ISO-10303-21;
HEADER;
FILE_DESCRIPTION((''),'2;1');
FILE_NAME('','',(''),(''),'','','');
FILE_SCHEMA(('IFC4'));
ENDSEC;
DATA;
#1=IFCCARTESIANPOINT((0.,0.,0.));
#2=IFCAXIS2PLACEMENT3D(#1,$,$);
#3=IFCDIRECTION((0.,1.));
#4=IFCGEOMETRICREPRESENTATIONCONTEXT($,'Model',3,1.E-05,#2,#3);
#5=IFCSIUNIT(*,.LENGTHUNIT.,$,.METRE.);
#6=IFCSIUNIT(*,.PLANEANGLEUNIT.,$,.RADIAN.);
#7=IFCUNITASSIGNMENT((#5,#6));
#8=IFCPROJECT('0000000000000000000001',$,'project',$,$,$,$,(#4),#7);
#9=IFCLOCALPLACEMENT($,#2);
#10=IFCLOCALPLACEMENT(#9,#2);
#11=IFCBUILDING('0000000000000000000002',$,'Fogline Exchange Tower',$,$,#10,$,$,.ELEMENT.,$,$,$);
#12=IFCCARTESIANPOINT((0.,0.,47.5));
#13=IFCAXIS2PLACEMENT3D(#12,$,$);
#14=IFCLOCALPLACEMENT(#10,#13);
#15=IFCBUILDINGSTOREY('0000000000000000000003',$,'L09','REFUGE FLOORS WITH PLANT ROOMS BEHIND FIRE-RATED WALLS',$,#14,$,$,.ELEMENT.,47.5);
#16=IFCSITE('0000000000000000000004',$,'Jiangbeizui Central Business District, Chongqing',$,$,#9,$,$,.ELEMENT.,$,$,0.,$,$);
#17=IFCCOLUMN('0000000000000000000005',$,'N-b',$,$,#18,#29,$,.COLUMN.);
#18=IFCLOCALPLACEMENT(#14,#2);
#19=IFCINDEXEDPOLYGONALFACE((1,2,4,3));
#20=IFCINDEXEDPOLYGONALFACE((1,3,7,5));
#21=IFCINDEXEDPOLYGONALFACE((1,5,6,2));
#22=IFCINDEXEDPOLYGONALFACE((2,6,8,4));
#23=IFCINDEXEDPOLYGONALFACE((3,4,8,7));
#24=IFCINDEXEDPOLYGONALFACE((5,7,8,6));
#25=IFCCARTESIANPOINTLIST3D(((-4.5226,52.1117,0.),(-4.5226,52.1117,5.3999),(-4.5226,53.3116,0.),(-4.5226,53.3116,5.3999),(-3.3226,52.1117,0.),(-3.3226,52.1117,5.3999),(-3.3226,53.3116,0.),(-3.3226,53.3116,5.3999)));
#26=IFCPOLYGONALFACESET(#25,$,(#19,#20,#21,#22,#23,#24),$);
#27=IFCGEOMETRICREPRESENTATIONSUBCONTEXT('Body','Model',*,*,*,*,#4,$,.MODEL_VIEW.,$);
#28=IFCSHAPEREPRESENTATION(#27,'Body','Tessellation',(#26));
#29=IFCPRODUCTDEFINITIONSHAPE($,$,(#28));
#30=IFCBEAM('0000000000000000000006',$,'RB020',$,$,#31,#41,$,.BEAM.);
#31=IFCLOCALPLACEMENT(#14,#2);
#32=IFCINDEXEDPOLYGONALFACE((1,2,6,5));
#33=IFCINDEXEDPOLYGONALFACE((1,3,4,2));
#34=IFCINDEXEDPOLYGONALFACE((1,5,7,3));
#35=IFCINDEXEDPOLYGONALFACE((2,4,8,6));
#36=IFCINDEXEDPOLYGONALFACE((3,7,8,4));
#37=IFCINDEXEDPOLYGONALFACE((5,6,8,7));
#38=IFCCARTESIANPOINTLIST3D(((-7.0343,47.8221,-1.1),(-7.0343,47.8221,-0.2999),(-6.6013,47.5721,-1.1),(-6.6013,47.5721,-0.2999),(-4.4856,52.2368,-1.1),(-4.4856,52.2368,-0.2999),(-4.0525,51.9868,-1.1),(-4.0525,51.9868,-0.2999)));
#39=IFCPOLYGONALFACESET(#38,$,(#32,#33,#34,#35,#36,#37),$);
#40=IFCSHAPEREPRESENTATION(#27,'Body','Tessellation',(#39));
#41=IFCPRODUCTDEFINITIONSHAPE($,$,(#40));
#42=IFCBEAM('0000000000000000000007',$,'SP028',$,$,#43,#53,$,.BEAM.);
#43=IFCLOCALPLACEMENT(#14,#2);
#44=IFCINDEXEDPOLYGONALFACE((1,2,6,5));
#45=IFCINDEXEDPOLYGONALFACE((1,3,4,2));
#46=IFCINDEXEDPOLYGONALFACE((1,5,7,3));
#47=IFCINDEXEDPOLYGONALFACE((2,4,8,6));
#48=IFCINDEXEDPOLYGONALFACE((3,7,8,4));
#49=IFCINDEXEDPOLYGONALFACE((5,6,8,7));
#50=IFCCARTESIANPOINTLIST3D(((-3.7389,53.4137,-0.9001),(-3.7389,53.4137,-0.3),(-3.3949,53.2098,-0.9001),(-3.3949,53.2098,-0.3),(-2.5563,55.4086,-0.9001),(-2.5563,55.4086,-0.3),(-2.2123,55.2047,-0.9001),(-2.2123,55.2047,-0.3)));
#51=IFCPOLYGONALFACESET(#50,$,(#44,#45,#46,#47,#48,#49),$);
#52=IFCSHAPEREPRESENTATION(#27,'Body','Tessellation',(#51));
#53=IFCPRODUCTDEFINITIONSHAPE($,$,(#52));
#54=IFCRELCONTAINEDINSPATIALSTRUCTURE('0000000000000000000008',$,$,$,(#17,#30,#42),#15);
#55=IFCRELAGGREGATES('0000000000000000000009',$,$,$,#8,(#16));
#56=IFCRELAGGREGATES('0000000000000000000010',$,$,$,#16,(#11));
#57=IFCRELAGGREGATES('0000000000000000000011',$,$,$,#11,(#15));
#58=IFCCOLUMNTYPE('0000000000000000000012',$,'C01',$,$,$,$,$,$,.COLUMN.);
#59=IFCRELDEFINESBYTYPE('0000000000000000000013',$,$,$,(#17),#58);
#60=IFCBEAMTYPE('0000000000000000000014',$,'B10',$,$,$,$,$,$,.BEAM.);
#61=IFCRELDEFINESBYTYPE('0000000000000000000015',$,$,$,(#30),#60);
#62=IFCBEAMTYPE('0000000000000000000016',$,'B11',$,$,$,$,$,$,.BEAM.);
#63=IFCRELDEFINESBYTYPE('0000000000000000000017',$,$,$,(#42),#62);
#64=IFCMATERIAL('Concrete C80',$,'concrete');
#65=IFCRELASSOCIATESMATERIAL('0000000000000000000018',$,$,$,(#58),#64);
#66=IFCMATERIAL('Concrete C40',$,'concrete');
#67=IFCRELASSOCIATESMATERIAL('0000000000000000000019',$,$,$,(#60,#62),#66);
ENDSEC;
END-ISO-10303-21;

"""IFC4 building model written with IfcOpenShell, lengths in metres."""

from ifc_helpers import new_model, si_unit, direction, frame, origin, origin_2d, place, context, subcontext, project, spatial, rectangle, extrude, material, material_profile, profile_set, type_object, element, save


model = new_model("IFC4")

# Units and contexts
model_context = context("Model", 3, precision=1e-05, world=origin(), true_north=direction((0.0, 1.0)))
body_context = subcontext(model_context, "Body", "Model", "MODEL_VIEW")
ifc_project = project(units=[si_unit("LENGTHUNIT", "METRE"), si_unit("PLANEANGLEUNIT", "RADIAN")], contexts=[model_context])

# Site, building, storey
site_placement = place(None, origin())
site = spatial("IfcSite", under=ifc_project, at=site_placement, Name="Jiangbeizui Central Business District, Chongqing", CompositionType="ELEMENT", RefElevation=0.0)
building_placement = place(site_placement, origin())
building = spatial("IfcBuilding", under=site, at=building_placement, Name="Fogline Exchange Tower", CompositionType="ELEMENT")
storey_placement = place(building_placement, frame((0.0, 0.0, 47.5)))
storey = spatial("IfcBuildingStorey", under=building, at=storey_placement, Name="L09", Description="REFUGE FLOORS WITH PLANT ROOMS BEHIND FIRE-RATED WALLS", CompositionType="ELEMENT", Elevation=47.5)

# Column
ifc_material_1 = material(Name="Concrete C80", Category="concrete")
ifc_material_profile_1 = material_profile(ifc_material_1, rectangle(XDim=1.2, YDim=1.2, at=origin_2d()), Name="RC 1200x1200")
ifc_profile_set_1 = profile_set([ifc_material_profile_1], Name="Concrete C80")
column_type = type_object("IfcColumnType", Name="C01", PredefinedType="COLUMN", material=ifc_profile_set_1)
column_placement = place(storey_placement, frame((-3.9226, 52.7117, 0.0), z_axis=(0.0, 0.0, 1.0), x_axis=(1.0, 0.0, 0.0)))
element("IfcColumn", 1, at=column_placement, inside=storey, type_object=column_type, Name="N-b", PredefinedType="COLUMN", context=body_context, shape_type="SweptSolid", body=[
    extrude(rectangle(XDim=1.2, YDim=1.2, at=origin_2d()), origin(), (0.0, 0.0, 1.0), 5.3999),
])

# Beams
ifc_material_2 = material(Name="Concrete C40", Category="concrete")
ifc_material_profile_2 = material_profile(ifc_material_2, rectangle(XDim=0.5, YDim=0.8, at=origin_2d()), Name="RC 500x800")
ifc_profile_set_2 = profile_set([ifc_material_profile_2], Name="Concrete C40")
beam_type_1 = type_object("IfcBeamType", Name="B10", PredefinedType="BEAM", material=ifc_profile_set_2)
beam_1_placement = place(storey_placement, frame((-4.269, 52.1118, -0.7), z_axis=(-0.499992, -0.86603, 0.0), x_axis=(0.86603, -0.499992, 0.0)))
element("IfcBeam", 2, at=beam_1_placement, inside=storey, type_object=beam_type_1, Name="RB020", PredefinedType="BEAM", context=body_context, shape_type="SweptSolid", body=[
    extrude(rectangle(XDim=0.5, YDim=0.8, at=origin_2d()), origin(), (0.0, 0.0, 1.0), 5.0977),
])
ifc_material_profile_3 = material_profile(ifc_material_2, rectangle(XDim=0.3999, YDim=0.6001, at=origin_2d()), Name="RC 400x600")
ifc_profile_set_3 = profile_set([ifc_material_profile_3], Name="Concrete C40")
beam_type_2 = type_object("IfcBeamType", Name="B11", PredefinedType="BEAM", material=ifc_profile_set_3)
beam_2_placement = place(storey_placement, frame((-3.5669, 53.3118, -0.6001), z_axis=(0.509952, 0.860203, 0.0), x_axis=(-0.860203, 0.509952, 0.0)))
element("IfcBeam", 3, at=beam_2_placement, inside=storey, type_object=beam_type_2, Name="SP028", PredefinedType="BEAM", context=body_context, shape_type="SweptSolid", body=[
    extrude(rectangle(XDim=0.3999, YDim=0.6001, at=origin_2d()), origin(), (0.0, 0.0, 1.0), 2.3191),
])

save(model, "model.ifc")
